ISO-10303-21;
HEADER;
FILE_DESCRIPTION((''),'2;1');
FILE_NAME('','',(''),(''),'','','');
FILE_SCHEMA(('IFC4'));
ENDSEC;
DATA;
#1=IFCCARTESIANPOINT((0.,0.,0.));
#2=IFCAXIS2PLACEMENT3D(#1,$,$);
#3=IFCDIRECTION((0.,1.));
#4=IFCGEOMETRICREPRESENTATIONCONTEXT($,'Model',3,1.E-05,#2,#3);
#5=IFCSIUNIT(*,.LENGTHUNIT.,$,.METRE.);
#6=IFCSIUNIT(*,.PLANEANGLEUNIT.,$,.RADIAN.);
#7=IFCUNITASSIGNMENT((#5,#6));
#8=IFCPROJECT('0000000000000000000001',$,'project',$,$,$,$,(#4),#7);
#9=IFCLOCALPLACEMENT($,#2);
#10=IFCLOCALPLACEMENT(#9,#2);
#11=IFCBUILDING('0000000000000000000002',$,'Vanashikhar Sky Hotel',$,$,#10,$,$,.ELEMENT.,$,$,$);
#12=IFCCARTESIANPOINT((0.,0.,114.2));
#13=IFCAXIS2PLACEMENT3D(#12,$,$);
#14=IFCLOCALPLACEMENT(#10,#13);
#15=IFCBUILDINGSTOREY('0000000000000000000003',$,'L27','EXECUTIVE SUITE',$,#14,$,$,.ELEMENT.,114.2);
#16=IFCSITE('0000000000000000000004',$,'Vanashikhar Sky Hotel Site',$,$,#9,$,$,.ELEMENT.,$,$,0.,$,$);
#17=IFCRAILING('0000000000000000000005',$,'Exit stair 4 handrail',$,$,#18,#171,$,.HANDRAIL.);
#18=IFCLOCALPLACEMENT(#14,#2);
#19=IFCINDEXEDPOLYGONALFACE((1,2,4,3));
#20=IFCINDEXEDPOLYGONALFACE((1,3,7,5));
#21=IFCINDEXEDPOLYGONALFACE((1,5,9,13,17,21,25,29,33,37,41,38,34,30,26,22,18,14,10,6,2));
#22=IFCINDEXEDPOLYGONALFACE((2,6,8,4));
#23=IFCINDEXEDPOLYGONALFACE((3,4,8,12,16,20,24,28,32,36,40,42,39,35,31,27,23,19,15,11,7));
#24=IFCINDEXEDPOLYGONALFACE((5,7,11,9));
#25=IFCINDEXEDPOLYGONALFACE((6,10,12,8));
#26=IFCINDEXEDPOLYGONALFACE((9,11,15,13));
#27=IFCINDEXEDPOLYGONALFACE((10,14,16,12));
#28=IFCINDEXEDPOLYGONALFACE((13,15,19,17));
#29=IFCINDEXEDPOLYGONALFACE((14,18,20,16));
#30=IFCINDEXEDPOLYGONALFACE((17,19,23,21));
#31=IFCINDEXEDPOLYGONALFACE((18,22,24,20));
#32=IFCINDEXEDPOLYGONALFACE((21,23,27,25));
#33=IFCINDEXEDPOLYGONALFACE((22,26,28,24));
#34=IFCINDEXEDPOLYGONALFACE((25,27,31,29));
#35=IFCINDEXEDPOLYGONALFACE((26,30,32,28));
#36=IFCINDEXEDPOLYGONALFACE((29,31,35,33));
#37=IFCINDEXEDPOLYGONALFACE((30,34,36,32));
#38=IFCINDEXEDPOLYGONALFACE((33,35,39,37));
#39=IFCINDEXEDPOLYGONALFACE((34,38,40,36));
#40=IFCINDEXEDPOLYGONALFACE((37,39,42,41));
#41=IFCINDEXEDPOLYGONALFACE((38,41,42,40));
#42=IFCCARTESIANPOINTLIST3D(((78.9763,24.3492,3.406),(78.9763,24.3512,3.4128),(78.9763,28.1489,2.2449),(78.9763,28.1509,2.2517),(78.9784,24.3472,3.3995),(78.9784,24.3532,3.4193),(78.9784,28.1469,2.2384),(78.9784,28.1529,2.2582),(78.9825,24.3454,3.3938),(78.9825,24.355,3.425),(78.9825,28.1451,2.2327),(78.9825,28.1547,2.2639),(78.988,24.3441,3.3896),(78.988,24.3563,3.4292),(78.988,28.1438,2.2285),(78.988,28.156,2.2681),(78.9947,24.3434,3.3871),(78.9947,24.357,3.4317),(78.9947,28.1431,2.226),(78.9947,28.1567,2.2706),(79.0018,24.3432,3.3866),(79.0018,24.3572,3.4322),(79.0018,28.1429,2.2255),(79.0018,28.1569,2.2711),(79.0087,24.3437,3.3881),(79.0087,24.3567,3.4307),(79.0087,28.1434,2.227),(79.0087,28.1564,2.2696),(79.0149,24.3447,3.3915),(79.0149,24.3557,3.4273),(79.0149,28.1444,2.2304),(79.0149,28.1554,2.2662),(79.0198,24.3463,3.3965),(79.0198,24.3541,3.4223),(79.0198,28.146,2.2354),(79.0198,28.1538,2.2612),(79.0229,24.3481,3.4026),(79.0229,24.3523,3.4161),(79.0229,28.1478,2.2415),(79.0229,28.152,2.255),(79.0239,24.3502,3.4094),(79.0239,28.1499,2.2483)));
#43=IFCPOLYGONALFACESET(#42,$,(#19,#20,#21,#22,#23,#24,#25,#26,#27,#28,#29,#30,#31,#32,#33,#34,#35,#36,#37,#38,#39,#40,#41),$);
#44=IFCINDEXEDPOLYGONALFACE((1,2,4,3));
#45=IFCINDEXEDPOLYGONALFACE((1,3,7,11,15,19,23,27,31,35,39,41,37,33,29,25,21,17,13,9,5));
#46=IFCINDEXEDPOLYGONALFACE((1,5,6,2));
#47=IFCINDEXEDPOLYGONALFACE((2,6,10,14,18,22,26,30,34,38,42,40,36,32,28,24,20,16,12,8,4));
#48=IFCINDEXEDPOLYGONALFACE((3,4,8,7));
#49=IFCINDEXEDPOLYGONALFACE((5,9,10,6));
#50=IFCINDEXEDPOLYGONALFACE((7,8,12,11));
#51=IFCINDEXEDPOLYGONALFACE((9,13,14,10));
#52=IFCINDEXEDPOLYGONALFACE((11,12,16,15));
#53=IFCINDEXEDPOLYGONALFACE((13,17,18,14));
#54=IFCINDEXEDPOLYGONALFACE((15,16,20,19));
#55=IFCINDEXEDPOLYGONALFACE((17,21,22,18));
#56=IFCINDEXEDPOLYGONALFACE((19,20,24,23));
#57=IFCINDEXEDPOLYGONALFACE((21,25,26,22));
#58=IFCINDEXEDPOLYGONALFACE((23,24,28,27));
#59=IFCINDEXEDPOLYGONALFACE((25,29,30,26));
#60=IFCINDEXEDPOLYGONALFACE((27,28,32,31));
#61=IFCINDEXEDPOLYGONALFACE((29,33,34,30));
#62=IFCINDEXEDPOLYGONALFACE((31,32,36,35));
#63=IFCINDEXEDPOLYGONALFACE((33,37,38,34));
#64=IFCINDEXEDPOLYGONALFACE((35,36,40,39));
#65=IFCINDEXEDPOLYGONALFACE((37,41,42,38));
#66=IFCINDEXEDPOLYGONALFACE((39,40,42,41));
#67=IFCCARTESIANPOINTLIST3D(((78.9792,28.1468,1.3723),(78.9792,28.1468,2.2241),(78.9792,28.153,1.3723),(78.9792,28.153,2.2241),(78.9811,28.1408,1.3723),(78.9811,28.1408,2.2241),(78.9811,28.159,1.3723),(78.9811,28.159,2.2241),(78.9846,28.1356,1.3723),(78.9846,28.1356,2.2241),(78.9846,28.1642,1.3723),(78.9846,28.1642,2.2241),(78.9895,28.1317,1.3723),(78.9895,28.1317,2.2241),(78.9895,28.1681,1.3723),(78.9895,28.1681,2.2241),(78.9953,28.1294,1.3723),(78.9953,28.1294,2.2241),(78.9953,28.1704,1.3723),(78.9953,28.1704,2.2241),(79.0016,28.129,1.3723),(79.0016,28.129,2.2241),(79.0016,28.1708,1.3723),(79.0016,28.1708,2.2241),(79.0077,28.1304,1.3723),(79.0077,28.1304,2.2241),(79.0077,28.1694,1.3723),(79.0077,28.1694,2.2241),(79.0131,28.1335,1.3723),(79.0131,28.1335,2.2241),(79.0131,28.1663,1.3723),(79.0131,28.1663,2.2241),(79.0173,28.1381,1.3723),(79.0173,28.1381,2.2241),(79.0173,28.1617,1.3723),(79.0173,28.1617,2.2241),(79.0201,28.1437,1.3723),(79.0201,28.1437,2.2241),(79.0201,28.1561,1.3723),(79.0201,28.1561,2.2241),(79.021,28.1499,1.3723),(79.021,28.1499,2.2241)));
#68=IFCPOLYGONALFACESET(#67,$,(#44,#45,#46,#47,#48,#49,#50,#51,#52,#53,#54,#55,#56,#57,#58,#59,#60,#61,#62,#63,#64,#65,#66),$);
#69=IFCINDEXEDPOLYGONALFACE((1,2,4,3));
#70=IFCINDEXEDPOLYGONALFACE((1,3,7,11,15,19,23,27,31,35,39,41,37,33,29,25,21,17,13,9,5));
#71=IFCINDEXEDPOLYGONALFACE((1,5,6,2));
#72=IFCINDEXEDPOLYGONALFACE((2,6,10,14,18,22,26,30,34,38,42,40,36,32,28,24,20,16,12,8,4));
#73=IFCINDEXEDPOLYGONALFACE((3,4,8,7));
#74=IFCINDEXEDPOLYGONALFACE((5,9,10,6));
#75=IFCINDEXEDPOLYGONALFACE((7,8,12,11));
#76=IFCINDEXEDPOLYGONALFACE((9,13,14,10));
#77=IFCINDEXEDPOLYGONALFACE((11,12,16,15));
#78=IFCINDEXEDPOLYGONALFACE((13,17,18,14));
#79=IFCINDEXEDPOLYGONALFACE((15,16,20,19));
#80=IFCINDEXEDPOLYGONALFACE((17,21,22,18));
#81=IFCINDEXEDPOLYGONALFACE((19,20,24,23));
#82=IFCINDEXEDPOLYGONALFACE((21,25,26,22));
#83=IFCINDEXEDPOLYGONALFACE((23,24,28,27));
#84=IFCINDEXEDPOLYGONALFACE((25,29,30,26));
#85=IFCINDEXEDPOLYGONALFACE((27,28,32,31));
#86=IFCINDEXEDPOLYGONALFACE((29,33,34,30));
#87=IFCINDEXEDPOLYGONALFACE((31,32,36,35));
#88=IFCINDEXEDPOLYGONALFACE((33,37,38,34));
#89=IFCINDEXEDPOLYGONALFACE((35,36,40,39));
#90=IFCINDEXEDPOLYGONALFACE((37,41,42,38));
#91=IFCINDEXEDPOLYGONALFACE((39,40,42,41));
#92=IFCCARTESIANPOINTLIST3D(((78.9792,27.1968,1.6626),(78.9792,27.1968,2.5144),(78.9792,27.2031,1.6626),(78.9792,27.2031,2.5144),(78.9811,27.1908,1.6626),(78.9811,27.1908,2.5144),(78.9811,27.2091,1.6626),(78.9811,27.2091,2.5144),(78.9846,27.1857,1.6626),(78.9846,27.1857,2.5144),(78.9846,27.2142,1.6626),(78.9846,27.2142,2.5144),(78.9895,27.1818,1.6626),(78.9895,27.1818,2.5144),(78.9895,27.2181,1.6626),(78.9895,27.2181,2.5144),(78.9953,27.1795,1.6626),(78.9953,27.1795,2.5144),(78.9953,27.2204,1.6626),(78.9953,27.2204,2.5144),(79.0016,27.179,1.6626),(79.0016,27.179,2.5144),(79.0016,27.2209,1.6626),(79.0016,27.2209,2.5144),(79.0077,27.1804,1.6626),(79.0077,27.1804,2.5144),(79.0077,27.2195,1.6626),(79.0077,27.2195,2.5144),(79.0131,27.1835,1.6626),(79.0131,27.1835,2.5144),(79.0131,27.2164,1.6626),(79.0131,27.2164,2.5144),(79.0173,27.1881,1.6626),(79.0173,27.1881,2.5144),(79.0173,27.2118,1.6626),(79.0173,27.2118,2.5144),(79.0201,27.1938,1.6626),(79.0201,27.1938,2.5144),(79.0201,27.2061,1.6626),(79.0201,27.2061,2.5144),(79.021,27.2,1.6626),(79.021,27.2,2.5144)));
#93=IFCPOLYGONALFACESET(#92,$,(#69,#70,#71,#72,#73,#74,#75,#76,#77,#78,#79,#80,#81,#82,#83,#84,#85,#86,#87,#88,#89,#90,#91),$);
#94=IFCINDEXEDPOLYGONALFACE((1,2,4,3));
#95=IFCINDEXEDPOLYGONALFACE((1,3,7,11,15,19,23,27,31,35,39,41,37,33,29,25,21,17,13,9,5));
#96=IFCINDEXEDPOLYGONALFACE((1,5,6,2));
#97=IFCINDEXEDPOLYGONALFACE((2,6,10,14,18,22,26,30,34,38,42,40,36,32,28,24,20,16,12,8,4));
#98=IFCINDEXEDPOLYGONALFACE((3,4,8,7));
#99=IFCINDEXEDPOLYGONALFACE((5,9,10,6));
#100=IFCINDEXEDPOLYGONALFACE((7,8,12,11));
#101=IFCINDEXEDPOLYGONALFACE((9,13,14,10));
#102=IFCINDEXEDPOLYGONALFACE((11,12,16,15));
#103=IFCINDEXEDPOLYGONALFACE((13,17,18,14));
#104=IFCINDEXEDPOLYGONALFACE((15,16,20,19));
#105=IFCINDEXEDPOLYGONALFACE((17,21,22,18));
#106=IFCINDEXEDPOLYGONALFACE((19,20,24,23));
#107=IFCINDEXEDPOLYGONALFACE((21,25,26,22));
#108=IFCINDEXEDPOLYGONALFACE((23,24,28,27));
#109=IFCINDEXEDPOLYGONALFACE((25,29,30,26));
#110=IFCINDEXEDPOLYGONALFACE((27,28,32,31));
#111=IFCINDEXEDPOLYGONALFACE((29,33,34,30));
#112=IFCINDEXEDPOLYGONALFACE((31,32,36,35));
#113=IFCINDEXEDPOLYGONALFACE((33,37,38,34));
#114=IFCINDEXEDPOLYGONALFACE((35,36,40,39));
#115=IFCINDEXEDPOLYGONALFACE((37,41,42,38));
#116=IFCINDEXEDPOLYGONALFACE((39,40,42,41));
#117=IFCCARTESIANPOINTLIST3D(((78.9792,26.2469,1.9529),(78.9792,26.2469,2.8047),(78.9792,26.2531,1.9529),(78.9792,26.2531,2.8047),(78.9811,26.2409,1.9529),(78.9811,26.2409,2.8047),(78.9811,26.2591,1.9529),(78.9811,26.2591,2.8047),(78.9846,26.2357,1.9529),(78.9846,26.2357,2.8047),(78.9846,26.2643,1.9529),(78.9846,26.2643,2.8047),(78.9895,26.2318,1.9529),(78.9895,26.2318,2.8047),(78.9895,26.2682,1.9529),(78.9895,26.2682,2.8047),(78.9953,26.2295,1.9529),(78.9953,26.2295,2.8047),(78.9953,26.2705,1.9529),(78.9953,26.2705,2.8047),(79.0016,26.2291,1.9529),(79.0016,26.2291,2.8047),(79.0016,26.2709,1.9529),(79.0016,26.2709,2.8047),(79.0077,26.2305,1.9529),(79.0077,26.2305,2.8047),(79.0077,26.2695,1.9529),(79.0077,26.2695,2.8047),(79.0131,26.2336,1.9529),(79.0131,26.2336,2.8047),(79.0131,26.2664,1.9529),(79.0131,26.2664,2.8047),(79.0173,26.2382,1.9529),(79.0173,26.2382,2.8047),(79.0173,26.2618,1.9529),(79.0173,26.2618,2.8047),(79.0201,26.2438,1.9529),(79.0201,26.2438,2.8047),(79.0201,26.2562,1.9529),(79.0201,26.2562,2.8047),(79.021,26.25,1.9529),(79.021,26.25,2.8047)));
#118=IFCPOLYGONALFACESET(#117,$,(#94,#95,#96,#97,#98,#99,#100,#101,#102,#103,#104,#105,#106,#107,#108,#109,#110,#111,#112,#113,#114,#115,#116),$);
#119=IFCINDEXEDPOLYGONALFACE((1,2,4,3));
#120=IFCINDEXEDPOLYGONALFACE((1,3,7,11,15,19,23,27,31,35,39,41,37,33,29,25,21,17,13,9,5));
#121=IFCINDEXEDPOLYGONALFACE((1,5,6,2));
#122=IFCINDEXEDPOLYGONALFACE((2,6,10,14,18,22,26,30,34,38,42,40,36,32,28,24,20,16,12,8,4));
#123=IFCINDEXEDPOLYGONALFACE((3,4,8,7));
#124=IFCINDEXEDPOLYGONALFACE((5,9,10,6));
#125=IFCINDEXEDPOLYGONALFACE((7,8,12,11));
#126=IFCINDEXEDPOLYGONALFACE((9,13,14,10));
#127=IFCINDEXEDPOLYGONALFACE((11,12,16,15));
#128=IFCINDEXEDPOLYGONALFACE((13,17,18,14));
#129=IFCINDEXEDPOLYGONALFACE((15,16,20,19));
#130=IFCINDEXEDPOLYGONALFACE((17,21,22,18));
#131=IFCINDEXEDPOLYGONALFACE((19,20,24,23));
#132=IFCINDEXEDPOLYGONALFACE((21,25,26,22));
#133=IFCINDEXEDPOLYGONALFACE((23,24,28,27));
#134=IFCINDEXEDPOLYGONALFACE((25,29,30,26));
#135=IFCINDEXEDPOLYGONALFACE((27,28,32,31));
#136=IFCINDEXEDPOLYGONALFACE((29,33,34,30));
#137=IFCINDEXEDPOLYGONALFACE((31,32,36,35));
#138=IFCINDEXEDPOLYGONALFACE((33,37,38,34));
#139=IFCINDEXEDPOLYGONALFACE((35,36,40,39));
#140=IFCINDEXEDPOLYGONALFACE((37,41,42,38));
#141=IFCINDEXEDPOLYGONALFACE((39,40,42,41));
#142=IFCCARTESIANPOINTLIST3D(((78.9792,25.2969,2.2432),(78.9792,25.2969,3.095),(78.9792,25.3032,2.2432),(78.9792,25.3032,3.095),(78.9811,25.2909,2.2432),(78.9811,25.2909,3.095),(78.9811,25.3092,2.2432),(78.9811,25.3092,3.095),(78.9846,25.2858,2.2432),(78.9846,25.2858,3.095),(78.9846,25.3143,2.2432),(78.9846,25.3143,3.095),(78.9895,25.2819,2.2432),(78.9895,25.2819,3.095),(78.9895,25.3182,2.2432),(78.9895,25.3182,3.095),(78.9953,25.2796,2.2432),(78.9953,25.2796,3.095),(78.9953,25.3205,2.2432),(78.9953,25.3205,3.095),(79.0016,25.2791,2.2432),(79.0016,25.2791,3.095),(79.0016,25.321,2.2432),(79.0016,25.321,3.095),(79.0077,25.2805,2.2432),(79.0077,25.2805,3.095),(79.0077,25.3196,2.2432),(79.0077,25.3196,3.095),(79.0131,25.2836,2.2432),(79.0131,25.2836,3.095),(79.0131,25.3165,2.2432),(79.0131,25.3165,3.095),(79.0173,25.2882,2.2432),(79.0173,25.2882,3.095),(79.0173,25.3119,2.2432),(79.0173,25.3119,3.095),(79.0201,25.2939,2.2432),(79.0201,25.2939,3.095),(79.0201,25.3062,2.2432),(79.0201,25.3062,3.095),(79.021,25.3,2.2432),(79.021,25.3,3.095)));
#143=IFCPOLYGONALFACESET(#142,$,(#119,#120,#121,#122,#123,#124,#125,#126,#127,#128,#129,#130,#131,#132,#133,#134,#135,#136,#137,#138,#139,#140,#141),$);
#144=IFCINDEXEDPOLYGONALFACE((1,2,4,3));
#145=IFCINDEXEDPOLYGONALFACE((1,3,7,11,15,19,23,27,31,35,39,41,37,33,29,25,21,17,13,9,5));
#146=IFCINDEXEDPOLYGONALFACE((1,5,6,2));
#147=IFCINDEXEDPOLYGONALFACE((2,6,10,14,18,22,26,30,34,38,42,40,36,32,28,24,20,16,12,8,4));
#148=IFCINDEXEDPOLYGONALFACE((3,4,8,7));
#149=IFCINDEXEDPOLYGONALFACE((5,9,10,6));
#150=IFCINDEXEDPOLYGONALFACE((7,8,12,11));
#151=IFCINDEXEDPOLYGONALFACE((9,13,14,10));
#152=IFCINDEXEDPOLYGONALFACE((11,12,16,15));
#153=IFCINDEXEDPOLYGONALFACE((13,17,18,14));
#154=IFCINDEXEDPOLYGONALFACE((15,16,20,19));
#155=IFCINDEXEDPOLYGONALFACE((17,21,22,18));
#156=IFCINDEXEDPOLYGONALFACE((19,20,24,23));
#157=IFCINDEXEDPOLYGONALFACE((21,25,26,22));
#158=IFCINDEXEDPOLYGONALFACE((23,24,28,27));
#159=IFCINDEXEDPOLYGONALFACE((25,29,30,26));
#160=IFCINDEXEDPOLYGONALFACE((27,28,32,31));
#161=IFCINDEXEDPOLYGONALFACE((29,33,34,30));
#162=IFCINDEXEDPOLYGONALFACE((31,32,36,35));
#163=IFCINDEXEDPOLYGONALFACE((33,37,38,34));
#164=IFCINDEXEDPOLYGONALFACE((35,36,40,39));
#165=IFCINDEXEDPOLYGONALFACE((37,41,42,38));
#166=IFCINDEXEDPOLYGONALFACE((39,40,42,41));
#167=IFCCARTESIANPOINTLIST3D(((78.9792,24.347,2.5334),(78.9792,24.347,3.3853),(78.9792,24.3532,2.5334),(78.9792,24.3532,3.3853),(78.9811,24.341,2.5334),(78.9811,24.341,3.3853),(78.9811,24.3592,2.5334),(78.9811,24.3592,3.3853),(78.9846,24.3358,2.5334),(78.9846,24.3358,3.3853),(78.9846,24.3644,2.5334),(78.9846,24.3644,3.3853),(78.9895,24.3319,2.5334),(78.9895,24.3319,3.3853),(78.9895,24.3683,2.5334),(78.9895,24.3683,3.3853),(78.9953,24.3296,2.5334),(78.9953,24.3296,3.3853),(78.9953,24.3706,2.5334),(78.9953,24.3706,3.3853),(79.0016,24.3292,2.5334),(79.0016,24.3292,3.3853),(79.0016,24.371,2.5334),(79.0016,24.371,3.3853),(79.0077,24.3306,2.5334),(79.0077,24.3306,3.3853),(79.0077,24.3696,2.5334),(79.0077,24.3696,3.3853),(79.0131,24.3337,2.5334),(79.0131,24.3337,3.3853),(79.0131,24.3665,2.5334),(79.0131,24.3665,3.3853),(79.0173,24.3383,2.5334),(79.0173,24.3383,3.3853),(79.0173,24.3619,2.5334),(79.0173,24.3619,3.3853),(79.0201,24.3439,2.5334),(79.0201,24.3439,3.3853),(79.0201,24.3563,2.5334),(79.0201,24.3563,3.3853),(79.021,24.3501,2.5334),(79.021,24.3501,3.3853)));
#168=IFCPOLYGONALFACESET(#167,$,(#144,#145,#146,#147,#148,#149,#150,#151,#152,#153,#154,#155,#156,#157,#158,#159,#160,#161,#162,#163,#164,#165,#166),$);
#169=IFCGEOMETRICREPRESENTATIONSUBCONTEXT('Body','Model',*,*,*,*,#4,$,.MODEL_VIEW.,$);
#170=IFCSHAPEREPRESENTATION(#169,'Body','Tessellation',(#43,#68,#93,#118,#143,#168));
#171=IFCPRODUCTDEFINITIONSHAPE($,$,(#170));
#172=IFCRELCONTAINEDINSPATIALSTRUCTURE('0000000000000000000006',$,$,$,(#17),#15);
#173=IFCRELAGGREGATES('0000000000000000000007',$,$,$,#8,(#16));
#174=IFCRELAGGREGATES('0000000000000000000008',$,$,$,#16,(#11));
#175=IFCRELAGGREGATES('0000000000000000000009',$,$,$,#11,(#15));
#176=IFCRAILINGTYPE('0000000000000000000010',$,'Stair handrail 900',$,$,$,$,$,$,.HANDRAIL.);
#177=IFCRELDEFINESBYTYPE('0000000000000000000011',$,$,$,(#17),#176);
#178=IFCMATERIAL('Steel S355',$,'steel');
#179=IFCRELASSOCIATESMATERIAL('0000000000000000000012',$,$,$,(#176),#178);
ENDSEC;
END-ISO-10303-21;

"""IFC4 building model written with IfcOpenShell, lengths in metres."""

from ifc_helpers import new_model, si_unit, direction, frame, origin, origin_2d, place, context, subcontext, project, spatial, circle, extrude, source, transform, mapped, material, type_object, element, save


model = new_model("IFC4")

# Units and contexts
model_context = context("Model", 3, precision=1e-05, world=origin(), true_north=direction((0.0, 1.0)))
body_context = subcontext(model_context, "Body", "Model", "MODEL_VIEW")
ifc_project = project(units=[si_unit("LENGTHUNIT", "METRE"), si_unit("PLANEANGLEUNIT", "RADIAN")], contexts=[model_context])

# Site, building, storey
site_placement = place(None, origin())
site = spatial("IfcSite", under=ifc_project, at=site_placement, Name="Vanashikhar Sky Hotel Site", CompositionType="ELEMENT", RefElevation=0.0)
building_placement = place(site_placement, origin())
building = spatial("IfcBuilding", under=site, at=building_placement, Name="Vanashikhar Sky Hotel", CompositionType="ELEMENT")
storey_placement = place(building_placement, frame((0.0, 0.0, 114.2)))
storey = spatial("IfcBuildingStorey", under=building, at=storey_placement, Name="L27", Description="EXECUTIVE SUITE", CompositionType="ELEMENT", Elevation=114.2)

# Railing
ifc_material_1 = material(Name="Steel S355", Category="steel")
railing_type_1 = type_object("IfcRailingType", Name="Stair handrail 900", PredefinedType="HANDRAIL", material=ifc_material_1)
shared_shape_1 = source(origin(), body_context, "Body", "SweptSolid", [
    extrude(circle(Radius=0.0239, at=origin_2d()), frame((0.0, 0.0, 0.876), z_axis=(0.0, -0.956346, 0.292237), x_axis=(1.0, 0.0, 0.0)), (0.0, 0.0, 1.0), 3.9731),
    extrude(circle(Radius=0.021, at=origin_2d()), origin(), (0.0, 0.0, 1.0), 0.8518),
    extrude(circle(Radius=0.021, at=origin_2d()), frame((0.0, -0.95, 0.2903)), (0.0, 0.0, 1.0), 0.8518),
    extrude(circle(Radius=0.021, at=origin_2d()), frame((0.0, -1.8999, 0.5806)), (0.0, 0.0, 1.0), 0.8518),
    extrude(circle(Radius=0.021, at=origin_2d()), frame((0.0, -2.8499, 0.8708)), (0.0, 0.0, 1.0), 0.8518),
    extrude(circle(Radius=0.021, at=origin_2d()), frame((0.0, -3.7998, 1.1611)), (0.0, 0.0, 1.0), 0.8518),
])
railing_1_placement = place(storey_placement, frame((79.0, 28.1499, 1.3723)))
element("IfcRailing", 1, at=railing_1_placement, inside=storey, type_object=railing_type_1, Name="Exit stair 4 handrail", PredefinedType="HANDRAIL", context=body_context, shape_type="MappedRepresentation", body=[
    mapped(shared_shape_1, transform((0.0, 0.0, 0.0), scale=1.0)),
])

save(model, "model.ifc")
